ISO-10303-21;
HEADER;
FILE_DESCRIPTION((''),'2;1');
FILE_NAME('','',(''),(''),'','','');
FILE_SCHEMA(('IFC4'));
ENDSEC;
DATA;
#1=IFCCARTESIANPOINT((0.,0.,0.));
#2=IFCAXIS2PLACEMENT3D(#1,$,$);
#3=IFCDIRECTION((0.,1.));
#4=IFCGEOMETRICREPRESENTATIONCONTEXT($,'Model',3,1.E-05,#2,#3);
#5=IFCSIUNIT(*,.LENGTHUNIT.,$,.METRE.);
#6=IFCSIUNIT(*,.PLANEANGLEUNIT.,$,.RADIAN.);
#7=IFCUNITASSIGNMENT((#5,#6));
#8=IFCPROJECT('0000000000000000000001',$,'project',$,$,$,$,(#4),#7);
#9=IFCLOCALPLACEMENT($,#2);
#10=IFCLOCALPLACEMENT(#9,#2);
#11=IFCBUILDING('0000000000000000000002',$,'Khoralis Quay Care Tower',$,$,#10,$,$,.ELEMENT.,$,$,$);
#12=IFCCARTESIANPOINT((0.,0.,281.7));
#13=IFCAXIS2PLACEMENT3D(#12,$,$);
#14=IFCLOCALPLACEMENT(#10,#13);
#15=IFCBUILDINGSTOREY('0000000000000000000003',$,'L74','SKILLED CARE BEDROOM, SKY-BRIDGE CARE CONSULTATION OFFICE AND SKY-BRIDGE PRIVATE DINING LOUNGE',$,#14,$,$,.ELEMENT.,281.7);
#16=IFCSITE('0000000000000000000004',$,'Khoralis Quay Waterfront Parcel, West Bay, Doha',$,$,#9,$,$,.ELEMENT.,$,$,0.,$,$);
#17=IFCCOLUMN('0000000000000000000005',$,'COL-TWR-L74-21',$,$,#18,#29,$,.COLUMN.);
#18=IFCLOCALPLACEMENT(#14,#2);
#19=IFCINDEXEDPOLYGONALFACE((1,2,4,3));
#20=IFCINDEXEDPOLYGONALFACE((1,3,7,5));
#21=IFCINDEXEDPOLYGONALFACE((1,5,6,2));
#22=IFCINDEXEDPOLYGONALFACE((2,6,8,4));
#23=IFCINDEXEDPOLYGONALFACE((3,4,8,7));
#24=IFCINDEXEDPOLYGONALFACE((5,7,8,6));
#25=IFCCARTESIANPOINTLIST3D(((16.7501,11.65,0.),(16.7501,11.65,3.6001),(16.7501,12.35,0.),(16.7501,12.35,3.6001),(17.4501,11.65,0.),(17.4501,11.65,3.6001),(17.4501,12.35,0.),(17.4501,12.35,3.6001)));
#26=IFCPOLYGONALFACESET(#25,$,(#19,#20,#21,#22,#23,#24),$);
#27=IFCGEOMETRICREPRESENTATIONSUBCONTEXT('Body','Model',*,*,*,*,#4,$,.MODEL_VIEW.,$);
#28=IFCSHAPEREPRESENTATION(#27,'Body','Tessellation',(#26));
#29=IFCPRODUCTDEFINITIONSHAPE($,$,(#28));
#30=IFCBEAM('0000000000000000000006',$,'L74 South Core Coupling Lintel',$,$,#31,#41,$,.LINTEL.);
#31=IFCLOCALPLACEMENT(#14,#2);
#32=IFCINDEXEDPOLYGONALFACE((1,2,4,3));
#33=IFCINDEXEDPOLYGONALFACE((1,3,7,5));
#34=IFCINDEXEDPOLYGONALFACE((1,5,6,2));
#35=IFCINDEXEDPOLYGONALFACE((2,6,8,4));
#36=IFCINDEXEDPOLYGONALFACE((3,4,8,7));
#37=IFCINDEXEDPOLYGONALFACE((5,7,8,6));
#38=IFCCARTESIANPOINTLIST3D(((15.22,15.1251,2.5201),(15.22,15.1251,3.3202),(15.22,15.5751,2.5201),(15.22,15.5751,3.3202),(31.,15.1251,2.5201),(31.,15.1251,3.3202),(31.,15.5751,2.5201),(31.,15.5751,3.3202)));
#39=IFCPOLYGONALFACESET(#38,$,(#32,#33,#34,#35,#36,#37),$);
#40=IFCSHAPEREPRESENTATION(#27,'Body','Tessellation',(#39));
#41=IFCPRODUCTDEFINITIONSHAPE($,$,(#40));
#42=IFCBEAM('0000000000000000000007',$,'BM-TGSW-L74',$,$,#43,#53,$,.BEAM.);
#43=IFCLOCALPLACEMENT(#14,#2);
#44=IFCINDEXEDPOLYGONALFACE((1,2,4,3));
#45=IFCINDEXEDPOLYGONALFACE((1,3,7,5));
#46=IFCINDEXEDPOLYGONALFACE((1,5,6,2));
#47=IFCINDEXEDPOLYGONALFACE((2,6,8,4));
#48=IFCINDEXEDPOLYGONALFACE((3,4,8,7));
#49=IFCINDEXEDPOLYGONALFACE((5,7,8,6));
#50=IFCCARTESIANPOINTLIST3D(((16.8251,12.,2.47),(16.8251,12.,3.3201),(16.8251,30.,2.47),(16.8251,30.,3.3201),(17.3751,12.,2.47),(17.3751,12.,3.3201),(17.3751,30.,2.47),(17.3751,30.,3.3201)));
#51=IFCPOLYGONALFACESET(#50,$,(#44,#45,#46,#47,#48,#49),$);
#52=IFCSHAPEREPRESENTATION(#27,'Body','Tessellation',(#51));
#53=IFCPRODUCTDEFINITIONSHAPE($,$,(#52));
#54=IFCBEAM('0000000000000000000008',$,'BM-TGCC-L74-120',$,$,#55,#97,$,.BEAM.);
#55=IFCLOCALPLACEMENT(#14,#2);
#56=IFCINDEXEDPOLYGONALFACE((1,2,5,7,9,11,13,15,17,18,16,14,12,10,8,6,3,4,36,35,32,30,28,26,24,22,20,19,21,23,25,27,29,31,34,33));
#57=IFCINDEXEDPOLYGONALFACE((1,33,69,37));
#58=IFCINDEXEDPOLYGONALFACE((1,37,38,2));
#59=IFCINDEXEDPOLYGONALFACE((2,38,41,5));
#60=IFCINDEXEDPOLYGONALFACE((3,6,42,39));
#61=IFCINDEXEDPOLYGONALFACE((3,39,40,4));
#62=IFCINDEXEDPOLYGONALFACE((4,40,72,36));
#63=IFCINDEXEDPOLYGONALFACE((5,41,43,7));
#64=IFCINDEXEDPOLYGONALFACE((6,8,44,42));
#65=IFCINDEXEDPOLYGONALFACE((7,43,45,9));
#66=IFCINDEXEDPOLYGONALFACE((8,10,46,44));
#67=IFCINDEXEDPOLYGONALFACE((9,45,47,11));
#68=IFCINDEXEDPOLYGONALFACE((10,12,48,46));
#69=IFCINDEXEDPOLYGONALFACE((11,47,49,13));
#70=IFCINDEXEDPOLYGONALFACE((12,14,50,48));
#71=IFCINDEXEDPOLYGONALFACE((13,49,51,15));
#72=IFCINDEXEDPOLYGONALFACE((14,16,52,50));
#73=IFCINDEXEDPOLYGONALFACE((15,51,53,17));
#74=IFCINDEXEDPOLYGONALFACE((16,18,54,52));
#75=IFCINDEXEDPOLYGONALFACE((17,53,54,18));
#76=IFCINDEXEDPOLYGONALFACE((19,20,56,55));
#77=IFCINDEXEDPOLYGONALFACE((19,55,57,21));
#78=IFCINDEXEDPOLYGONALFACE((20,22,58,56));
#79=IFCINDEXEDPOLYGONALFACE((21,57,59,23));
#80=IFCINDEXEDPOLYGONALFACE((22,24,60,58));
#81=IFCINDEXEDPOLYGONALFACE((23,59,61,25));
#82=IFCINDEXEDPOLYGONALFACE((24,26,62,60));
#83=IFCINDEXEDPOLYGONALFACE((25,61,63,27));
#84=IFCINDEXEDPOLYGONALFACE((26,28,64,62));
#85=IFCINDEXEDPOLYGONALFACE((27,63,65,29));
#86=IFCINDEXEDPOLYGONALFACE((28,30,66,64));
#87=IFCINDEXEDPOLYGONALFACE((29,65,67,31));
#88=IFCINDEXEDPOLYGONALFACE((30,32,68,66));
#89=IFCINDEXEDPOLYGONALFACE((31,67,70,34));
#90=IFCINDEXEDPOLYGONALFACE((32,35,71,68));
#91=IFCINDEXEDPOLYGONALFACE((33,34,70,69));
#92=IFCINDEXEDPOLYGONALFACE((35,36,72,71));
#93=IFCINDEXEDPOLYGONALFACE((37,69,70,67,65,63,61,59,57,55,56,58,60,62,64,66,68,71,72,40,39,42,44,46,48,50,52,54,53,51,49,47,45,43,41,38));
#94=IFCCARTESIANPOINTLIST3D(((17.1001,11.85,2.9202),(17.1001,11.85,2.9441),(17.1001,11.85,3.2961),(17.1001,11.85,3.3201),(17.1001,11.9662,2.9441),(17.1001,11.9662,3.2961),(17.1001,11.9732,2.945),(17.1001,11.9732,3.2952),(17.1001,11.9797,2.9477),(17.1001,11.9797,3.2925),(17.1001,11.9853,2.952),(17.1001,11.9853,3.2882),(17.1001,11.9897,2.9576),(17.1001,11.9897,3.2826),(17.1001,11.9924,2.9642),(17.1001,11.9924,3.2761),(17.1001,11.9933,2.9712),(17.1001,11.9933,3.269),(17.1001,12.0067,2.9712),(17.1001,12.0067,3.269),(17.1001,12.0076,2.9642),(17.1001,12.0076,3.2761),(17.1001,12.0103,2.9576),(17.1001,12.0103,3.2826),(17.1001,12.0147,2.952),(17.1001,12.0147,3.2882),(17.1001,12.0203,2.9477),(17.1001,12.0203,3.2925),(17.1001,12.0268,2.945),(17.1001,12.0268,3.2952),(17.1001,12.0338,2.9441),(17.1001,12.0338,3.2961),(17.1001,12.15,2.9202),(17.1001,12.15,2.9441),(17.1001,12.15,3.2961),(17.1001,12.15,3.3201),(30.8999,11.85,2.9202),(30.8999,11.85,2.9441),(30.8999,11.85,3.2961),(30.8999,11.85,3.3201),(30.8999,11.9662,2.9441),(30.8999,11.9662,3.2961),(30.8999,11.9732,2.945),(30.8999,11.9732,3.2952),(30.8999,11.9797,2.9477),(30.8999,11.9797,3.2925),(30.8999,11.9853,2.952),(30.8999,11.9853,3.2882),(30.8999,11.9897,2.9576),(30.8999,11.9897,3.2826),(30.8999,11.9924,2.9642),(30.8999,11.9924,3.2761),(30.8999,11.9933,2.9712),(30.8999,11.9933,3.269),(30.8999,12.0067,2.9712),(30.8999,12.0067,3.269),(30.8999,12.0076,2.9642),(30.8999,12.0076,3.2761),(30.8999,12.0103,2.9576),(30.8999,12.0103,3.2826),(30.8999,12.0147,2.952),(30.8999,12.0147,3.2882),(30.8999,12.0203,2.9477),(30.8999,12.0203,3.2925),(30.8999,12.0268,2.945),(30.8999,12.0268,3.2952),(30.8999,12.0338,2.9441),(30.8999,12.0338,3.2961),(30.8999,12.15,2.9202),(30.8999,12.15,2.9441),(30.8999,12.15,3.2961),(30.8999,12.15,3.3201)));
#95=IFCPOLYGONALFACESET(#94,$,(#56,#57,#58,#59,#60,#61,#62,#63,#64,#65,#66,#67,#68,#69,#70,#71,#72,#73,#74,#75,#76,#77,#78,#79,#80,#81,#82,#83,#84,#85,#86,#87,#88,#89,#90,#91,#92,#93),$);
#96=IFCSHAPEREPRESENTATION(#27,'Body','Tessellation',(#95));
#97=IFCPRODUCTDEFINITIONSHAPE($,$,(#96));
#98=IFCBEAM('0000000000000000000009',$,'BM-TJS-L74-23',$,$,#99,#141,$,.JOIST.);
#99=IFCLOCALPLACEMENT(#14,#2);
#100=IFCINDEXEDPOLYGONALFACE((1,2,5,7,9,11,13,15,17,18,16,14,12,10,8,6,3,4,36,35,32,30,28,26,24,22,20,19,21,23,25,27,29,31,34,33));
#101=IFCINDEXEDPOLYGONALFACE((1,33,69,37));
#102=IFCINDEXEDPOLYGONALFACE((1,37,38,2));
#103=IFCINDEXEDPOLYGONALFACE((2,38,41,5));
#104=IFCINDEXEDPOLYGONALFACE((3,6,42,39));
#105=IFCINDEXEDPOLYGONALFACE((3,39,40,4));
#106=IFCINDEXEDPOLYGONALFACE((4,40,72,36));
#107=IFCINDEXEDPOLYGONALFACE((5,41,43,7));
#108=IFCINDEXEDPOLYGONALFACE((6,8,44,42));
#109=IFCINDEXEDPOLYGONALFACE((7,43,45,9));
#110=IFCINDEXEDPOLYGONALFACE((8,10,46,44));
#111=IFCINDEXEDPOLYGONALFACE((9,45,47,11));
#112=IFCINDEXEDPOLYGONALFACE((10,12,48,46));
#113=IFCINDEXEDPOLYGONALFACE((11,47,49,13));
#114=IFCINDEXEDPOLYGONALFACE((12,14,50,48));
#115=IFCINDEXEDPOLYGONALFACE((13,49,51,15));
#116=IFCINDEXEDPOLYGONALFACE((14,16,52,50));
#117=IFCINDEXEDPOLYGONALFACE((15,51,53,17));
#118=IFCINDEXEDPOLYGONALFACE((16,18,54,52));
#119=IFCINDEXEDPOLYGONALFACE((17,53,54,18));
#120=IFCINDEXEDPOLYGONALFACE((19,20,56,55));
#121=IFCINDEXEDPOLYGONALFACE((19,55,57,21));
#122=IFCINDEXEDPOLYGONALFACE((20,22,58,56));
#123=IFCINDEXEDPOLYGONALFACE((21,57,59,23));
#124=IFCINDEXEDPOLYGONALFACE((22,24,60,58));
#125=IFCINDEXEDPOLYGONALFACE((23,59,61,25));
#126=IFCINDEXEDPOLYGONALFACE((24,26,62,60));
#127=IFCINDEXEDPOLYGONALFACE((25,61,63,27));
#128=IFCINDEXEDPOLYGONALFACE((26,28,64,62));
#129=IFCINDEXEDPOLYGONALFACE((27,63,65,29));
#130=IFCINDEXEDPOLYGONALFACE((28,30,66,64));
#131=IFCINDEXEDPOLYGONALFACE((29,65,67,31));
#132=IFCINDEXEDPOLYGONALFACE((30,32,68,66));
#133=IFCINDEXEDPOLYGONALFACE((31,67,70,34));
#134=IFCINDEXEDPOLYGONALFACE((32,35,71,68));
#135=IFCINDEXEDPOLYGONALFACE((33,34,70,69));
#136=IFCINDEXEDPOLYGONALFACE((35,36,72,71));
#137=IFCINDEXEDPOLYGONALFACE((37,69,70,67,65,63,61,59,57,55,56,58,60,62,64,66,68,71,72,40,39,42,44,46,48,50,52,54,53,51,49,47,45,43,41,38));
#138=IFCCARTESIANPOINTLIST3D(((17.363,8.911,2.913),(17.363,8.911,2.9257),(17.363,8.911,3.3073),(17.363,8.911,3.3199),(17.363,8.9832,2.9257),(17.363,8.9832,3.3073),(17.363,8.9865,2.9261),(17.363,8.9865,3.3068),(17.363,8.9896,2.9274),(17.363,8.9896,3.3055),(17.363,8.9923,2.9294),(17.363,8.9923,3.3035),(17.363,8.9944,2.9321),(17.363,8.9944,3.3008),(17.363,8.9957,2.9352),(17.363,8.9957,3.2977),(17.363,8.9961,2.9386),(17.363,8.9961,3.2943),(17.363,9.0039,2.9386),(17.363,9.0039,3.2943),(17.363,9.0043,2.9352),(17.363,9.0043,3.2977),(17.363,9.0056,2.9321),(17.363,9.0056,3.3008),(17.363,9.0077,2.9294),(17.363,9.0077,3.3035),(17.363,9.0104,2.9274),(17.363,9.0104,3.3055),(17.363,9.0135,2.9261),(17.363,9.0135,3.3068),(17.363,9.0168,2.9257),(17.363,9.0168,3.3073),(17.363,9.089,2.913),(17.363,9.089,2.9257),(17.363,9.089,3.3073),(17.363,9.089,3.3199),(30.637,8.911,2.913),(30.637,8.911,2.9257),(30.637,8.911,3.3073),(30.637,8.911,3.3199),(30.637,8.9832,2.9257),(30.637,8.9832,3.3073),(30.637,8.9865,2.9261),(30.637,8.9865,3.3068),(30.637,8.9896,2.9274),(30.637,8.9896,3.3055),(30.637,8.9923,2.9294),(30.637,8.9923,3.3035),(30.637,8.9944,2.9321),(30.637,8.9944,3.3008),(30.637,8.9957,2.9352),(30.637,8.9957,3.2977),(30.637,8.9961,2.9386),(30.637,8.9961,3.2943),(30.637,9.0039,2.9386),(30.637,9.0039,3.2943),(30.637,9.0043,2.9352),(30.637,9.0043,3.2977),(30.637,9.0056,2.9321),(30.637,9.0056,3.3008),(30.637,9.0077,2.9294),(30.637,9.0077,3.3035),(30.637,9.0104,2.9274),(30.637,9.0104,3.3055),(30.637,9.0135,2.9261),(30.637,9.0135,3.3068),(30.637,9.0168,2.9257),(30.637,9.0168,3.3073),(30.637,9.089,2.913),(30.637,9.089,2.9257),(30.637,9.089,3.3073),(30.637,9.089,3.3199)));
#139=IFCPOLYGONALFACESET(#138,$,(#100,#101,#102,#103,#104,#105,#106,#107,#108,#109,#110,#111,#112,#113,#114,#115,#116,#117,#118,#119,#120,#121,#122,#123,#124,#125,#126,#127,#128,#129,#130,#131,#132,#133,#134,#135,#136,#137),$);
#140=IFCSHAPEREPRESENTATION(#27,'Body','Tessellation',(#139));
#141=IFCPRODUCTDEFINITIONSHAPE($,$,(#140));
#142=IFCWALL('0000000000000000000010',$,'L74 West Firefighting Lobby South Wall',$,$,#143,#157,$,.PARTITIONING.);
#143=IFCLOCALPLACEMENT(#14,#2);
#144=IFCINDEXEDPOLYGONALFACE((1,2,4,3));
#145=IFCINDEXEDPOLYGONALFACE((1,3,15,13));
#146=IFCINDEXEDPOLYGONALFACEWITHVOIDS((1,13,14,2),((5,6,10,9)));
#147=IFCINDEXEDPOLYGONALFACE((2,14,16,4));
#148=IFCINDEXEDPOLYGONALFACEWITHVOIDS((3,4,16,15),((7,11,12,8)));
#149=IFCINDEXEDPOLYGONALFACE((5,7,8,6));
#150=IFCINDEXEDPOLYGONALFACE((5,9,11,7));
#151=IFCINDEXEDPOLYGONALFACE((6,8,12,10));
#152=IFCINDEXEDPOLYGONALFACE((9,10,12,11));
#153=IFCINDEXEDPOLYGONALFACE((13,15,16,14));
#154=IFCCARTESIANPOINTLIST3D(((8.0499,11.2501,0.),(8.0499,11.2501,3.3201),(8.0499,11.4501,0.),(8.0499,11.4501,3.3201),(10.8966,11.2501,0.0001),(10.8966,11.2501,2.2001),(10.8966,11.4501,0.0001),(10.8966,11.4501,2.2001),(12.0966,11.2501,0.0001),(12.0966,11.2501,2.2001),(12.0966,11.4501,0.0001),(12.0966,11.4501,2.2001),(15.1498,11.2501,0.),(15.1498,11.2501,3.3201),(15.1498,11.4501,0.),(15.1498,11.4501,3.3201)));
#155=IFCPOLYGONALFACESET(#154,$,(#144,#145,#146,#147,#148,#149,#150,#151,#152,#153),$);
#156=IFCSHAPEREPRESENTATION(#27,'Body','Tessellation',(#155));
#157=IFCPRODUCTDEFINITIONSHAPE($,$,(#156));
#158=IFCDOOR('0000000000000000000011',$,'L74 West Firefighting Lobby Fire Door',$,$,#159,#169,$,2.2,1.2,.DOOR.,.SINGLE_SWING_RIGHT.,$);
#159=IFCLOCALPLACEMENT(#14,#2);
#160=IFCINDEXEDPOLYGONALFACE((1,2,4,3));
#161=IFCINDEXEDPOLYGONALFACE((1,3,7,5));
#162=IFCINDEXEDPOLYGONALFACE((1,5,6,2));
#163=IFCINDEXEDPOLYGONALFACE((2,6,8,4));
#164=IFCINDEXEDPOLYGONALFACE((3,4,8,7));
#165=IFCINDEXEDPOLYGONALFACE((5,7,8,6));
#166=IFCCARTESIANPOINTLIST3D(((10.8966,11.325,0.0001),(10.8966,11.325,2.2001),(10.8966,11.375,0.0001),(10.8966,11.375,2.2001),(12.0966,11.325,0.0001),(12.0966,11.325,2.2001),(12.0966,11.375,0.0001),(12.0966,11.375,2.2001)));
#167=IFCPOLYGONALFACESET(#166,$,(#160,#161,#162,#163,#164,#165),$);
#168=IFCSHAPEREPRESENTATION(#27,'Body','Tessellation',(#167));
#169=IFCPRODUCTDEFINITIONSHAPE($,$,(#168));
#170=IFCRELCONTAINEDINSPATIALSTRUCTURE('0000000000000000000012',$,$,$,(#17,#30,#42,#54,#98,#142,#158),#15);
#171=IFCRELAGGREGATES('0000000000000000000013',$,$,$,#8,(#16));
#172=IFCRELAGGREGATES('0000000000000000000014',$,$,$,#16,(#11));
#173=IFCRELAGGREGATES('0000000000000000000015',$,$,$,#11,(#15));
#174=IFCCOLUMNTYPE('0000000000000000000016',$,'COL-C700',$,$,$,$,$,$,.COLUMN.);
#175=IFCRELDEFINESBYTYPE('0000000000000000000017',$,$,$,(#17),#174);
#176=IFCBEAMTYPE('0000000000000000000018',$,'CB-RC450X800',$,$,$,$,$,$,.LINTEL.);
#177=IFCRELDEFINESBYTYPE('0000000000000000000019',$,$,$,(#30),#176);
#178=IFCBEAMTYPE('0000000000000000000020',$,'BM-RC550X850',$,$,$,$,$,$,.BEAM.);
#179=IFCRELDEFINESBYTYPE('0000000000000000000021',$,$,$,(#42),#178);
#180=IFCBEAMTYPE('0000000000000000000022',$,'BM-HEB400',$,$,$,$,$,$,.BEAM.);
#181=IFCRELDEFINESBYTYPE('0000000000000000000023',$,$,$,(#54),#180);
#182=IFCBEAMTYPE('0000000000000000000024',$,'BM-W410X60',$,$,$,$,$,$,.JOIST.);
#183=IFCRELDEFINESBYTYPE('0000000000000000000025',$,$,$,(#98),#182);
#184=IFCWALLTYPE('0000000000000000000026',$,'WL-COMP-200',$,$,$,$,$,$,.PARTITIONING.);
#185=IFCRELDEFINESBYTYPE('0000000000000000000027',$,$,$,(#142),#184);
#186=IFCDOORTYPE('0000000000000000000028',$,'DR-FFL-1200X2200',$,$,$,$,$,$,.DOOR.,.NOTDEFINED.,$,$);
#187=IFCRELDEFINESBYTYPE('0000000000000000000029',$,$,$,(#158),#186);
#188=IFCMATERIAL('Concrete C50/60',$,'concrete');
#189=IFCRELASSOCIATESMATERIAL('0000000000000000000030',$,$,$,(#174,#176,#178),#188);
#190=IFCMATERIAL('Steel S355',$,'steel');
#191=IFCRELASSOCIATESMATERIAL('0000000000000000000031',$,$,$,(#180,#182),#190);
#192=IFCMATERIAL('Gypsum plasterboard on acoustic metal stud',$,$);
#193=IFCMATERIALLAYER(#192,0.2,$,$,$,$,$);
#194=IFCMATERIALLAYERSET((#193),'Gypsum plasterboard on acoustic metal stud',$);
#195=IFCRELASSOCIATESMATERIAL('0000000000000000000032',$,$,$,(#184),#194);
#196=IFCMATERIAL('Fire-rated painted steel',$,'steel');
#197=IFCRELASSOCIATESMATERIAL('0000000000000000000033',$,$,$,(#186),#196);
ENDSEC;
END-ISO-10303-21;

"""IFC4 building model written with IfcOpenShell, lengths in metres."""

from ifc_helpers import new_model, si_unit, direction, frame, frame_2d, origin, origin_2d, place, context, subcontext, project, spatial, rectangle, i_section, extrude, source, transform, mapped, material, layer, layer_set, material_profile, profile_set, type_object, element, fill, save


model = new_model("IFC4")

# Units and contexts
model_context = context("Model", 3, precision=1e-05, world=origin(), true_north=direction((0.0, 1.0)))
body_context = subcontext(model_context, "Body", "Model", "MODEL_VIEW")
ifc_project = project(units=[si_unit("LENGTHUNIT", "METRE"), si_unit("PLANEANGLEUNIT", "RADIAN")], contexts=[model_context])

# Site, building, storey
site_placement = place(None, origin())
site = spatial("IfcSite", under=ifc_project, at=site_placement, Name="Khoralis Quay Waterfront Parcel, West Bay, Doha", CompositionType="ELEMENT", RefElevation=0.0)
building_placement = place(site_placement, origin())
building = spatial("IfcBuilding", under=site, at=building_placement, Name="Khoralis Quay Care Tower", CompositionType="ELEMENT")
storey_placement = place(building_placement, frame((0.0, 0.0, 281.7)))
storey = spatial("IfcBuildingStorey", under=building, at=storey_placement, Name="L74", Description="SKILLED CARE BEDROOM, SKY-BRIDGE CARE CONSULTATION OFFICE AND SKY-BRIDGE PRIVATE DINING LOUNGE", CompositionType="ELEMENT", Elevation=281.7)

# Column
ifc_material_1 = material(Name="Concrete C50/60", Category="concrete")
ifc_material_profile_1 = material_profile(ifc_material_1, rectangle(XDim=0.7, YDim=0.7, at=origin_2d()), Name="Concrete C50/60")
ifc_profile_set_1 = profile_set([ifc_material_profile_1], Name="Concrete C50/60")
column_type = type_object("IfcColumnType", Name="COL-C700", PredefinedType="COLUMN", material=ifc_profile_set_1)
shared_shape_1 = source(origin(), body_context, "Body", "SweptSolid", [
    extrude(rectangle(XDim=0.7, YDim=0.7, at=origin_2d()), origin(), (0.0, 0.0, 1.0), 3.6001),
])
column_placement = place(storey_placement, frame((17.1001, 12.0, 0.0), z_axis=(0.0, 0.0, 1.0), x_axis=(1.0, 0.0, 0.0)))
element("IfcColumn", 1, at=column_placement, inside=storey, type_object=column_type, Name="COL-TWR-L74-21", PredefinedType="COLUMN", context=body_context, shape_type="MappedRepresentation", body=[
    mapped(shared_shape_1, transform((0.0, 0.0, 0.0), scale=1.0)),
])

# Beams
ifc_material_profile_2 = material_profile(ifc_material_1, rectangle(XDim=0.45, YDim=0.8, at=origin_2d()), Name="Concrete C50/60")
ifc_profile_set_2 = profile_set([ifc_material_profile_2], Name="Concrete C50/60")
beam_type_1 = type_object("IfcBeamType", Name="CB-RC450X800", PredefinedType="LINTEL", material=ifc_profile_set_2)
shared_shape_2 = source(origin(), body_context, "Body", "SweptSolid", [
    extrude(rectangle(XDim=0.45, YDim=0.8, at=origin_2d()), origin(), (0.0, 0.0, 1.0), 15.78),
])
beam_1_placement = place(storey_placement, frame((15.22, 15.3501, 2.9202), z_axis=(1.0, 0.0, 0.0), x_axis=(0.0, 1.0, 0.0)))
element("IfcBeam", 2, at=beam_1_placement, inside=storey, type_object=beam_type_1, Name="L74 South Core Coupling Lintel", PredefinedType="LINTEL", context=body_context, shape_type="MappedRepresentation", body=[
    mapped(shared_shape_2, transform((0.0, 0.0, 0.0), scale=1.0)),
])
ifc_material_profile_3 = material_profile(ifc_material_1, rectangle(XDim=0.55, YDim=0.8501, at=origin_2d()), Name="Concrete C50/60")
ifc_profile_set_3 = profile_set([ifc_material_profile_3], Name="Concrete C50/60")
beam_type_2 = type_object("IfcBeamType", Name="BM-RC550X850", PredefinedType="BEAM", material=ifc_profile_set_3)
shared_shape_3 = source(origin(), body_context, "Body", "SweptSolid", [
    extrude(rectangle(XDim=0.55, YDim=0.8501, at=origin_2d()), origin(), (0.0, 0.0, 1.0), 18.0),
])
beam_2_placement = place(storey_placement, frame((17.1001, 12.0, 2.895), z_axis=(0.0, 1.0, 0.0), x_axis=(-1.0, 0.0, 0.0)))
element("IfcBeam", 3, at=beam_2_placement, inside=storey, type_object=beam_type_2, Name="BM-TGSW-L74", PredefinedType="BEAM", context=body_context, shape_type="MappedRepresentation", body=[
    mapped(shared_shape_3, transform((0.0, 0.0, 0.0), scale=1.0)),
])
ifc_material_2 = material(Name="Steel S355", Category="steel")
ifc_material_profile_4 = material_profile(ifc_material_2, i_section(OverallWidth=0.3, OverallDepth=0.3999, WebThickness=0.0134, FlangeThickness=0.0239, FilletRadius=0.0271, at=origin_2d()), Name="Steel S355")
ifc_profile_set_4 = profile_set([ifc_material_profile_4], Name="Steel S355")
beam_type_3 = type_object("IfcBeamType", Name="BM-HEB400", PredefinedType="BEAM", material=ifc_profile_set_4)
shared_shape_4 = source(origin(), body_context, "Body", "SweptSolid", [
    extrude(i_section(OverallWidth=0.3, OverallDepth=0.3999, WebThickness=0.0134, FlangeThickness=0.0239, FilletRadius=0.0271, at=origin_2d()), origin(), (0.0, 0.0, 1.0), 13.7998),
])
beam_3_placement = place(storey_placement, frame((17.1001, 12.0, 3.1201), z_axis=(1.0, 0.0, 0.0), x_axis=(0.0, 1.0, 0.0)))
element("IfcBeam", 4, at=beam_3_placement, inside=storey, type_object=beam_type_3, Name="BM-TGCC-L74-120", PredefinedType="BEAM", context=body_context, shape_type="MappedRepresentation", body=[
    mapped(shared_shape_4, transform((0.0, 0.0, 0.0), scale=1.0)),
])
ifc_material_profile_5 = material_profile(ifc_material_2, i_section(OverallWidth=0.178, OverallDepth=0.407, WebThickness=0.0078, FlangeThickness=0.0127, FilletRadius=0.0129, at=origin_2d()), Name="Steel S355")
ifc_profile_set_5 = profile_set([ifc_material_profile_5], Name="Steel S355")
beam_type_4 = type_object("IfcBeamType", Name="BM-W410X60", PredefinedType="JOIST", material=ifc_profile_set_5)
shared_shape_5 = source(origin(), body_context, "Body", "SweptSolid", [
    extrude(i_section(OverallWidth=0.178, OverallDepth=0.407, WebThickness=0.0078, FlangeThickness=0.0127, FilletRadius=0.0129, at=origin_2d()), origin(), (0.0, 0.0, 1.0), 13.2739),
])
beam_4_placement = place(storey_placement, frame((17.363, 9.0, 3.1165), z_axis=(1.0, 0.0, 0.0), x_axis=(0.0, 1.0, 0.0)))
element("IfcBeam", 5, at=beam_4_placement, inside=storey, type_object=beam_type_4, Name="BM-TJS-L74-23", PredefinedType="JOIST", context=body_context, shape_type="MappedRepresentation", body=[
    mapped(shared_shape_5, transform((0.0, 0.0, 0.0), scale=1.0)),
])

# Wall, opening, door
ifc_material_3 = material(Name="Gypsum plasterboard on acoustic metal stud")
ifc_layer_1 = layer(ifc_material_3, 0.2)
ifc_layer_set_1 = layer_set([ifc_layer_1], Name="Gypsum plasterboard on acoustic metal stud")
wall_type_1 = type_object("IfcWallType", Name="WL-COMP-200", PredefinedType="PARTITIONING", material=ifc_layer_set_1)
wall_1_placement = place(storey_placement, frame((8.05, 11.3501, 0.0), z_axis=(0.0, 0.0, 1.0), x_axis=(1.0, 0.0, 0.0)))
wall_1 = element("IfcWall", 6, at=wall_1_placement, inside=storey, type_object=wall_type_1, Name="L74 West Firefighting Lobby South Wall", PredefinedType="PARTITIONING", context=body_context, shape_type="SweptSolid", body=[
    extrude(rectangle(XDim=7.0999, YDim=0.2, at=frame_2d((3.5498, 0.0))), origin(), (0.0, 0.0, 1.0), 3.3201),
])
opening_1_placement = place(wall_1_placement, frame((2.8464, 0.0, 0.0)))
opening_1 = element("IfcOpeningElement", 7, at=opening_1_placement, cuts=wall_1, PredefinedType="OPENING", context=body_context, shape_type="SweptSolid", body=[
    extrude(rectangle(XDim=1.2, YDim=2.2, at=frame_2d((0.6001, 1.1001))), frame((0.0, 0.1099, 0.0), z_axis=(0.0, -1.0, 0.0), x_axis=(1.0, 0.0, 0.0)), (0.0, 0.0, 1.0), 0.22),
])
ifc_material_4 = material(Name="Fire-rated painted steel", Category="steel")
door_type_1 = type_object("IfcDoorType", Name="DR-FFL-1200X2200", OperationType="NOTDEFINED", PredefinedType="DOOR", material=ifc_material_4)
shared_shape_6 = source(origin(), body_context, "Body", "SweptSolid", [
    extrude(rectangle(XDim=1.2, YDim=2.2, at=frame_2d((0.6001, 1.1001))), frame((0.0, 0.0249, 0.0), z_axis=(0.0, -1.0, 0.0), x_axis=(1.0, 0.0, 0.0)), (0.0, 0.0, 1.0), 0.05),
])
door_1_placement = place(opening_1_placement, origin())
door_1 = element("IfcDoor", 8, at=door_1_placement, inside=storey, type_object=door_type_1, Name="L74 West Firefighting Lobby Fire Door", OperationType="SINGLE_SWING_RIGHT", OverallHeight=2.2, OverallWidth=1.2, PredefinedType="DOOR", context=body_context, shape_type="MappedRepresentation", body=[
    mapped(shared_shape_6, transform((0.0, 0.0, 0.0), scale=1.0)),
])
fill(opening_1, door_1)

save(model, "model.ifc")
